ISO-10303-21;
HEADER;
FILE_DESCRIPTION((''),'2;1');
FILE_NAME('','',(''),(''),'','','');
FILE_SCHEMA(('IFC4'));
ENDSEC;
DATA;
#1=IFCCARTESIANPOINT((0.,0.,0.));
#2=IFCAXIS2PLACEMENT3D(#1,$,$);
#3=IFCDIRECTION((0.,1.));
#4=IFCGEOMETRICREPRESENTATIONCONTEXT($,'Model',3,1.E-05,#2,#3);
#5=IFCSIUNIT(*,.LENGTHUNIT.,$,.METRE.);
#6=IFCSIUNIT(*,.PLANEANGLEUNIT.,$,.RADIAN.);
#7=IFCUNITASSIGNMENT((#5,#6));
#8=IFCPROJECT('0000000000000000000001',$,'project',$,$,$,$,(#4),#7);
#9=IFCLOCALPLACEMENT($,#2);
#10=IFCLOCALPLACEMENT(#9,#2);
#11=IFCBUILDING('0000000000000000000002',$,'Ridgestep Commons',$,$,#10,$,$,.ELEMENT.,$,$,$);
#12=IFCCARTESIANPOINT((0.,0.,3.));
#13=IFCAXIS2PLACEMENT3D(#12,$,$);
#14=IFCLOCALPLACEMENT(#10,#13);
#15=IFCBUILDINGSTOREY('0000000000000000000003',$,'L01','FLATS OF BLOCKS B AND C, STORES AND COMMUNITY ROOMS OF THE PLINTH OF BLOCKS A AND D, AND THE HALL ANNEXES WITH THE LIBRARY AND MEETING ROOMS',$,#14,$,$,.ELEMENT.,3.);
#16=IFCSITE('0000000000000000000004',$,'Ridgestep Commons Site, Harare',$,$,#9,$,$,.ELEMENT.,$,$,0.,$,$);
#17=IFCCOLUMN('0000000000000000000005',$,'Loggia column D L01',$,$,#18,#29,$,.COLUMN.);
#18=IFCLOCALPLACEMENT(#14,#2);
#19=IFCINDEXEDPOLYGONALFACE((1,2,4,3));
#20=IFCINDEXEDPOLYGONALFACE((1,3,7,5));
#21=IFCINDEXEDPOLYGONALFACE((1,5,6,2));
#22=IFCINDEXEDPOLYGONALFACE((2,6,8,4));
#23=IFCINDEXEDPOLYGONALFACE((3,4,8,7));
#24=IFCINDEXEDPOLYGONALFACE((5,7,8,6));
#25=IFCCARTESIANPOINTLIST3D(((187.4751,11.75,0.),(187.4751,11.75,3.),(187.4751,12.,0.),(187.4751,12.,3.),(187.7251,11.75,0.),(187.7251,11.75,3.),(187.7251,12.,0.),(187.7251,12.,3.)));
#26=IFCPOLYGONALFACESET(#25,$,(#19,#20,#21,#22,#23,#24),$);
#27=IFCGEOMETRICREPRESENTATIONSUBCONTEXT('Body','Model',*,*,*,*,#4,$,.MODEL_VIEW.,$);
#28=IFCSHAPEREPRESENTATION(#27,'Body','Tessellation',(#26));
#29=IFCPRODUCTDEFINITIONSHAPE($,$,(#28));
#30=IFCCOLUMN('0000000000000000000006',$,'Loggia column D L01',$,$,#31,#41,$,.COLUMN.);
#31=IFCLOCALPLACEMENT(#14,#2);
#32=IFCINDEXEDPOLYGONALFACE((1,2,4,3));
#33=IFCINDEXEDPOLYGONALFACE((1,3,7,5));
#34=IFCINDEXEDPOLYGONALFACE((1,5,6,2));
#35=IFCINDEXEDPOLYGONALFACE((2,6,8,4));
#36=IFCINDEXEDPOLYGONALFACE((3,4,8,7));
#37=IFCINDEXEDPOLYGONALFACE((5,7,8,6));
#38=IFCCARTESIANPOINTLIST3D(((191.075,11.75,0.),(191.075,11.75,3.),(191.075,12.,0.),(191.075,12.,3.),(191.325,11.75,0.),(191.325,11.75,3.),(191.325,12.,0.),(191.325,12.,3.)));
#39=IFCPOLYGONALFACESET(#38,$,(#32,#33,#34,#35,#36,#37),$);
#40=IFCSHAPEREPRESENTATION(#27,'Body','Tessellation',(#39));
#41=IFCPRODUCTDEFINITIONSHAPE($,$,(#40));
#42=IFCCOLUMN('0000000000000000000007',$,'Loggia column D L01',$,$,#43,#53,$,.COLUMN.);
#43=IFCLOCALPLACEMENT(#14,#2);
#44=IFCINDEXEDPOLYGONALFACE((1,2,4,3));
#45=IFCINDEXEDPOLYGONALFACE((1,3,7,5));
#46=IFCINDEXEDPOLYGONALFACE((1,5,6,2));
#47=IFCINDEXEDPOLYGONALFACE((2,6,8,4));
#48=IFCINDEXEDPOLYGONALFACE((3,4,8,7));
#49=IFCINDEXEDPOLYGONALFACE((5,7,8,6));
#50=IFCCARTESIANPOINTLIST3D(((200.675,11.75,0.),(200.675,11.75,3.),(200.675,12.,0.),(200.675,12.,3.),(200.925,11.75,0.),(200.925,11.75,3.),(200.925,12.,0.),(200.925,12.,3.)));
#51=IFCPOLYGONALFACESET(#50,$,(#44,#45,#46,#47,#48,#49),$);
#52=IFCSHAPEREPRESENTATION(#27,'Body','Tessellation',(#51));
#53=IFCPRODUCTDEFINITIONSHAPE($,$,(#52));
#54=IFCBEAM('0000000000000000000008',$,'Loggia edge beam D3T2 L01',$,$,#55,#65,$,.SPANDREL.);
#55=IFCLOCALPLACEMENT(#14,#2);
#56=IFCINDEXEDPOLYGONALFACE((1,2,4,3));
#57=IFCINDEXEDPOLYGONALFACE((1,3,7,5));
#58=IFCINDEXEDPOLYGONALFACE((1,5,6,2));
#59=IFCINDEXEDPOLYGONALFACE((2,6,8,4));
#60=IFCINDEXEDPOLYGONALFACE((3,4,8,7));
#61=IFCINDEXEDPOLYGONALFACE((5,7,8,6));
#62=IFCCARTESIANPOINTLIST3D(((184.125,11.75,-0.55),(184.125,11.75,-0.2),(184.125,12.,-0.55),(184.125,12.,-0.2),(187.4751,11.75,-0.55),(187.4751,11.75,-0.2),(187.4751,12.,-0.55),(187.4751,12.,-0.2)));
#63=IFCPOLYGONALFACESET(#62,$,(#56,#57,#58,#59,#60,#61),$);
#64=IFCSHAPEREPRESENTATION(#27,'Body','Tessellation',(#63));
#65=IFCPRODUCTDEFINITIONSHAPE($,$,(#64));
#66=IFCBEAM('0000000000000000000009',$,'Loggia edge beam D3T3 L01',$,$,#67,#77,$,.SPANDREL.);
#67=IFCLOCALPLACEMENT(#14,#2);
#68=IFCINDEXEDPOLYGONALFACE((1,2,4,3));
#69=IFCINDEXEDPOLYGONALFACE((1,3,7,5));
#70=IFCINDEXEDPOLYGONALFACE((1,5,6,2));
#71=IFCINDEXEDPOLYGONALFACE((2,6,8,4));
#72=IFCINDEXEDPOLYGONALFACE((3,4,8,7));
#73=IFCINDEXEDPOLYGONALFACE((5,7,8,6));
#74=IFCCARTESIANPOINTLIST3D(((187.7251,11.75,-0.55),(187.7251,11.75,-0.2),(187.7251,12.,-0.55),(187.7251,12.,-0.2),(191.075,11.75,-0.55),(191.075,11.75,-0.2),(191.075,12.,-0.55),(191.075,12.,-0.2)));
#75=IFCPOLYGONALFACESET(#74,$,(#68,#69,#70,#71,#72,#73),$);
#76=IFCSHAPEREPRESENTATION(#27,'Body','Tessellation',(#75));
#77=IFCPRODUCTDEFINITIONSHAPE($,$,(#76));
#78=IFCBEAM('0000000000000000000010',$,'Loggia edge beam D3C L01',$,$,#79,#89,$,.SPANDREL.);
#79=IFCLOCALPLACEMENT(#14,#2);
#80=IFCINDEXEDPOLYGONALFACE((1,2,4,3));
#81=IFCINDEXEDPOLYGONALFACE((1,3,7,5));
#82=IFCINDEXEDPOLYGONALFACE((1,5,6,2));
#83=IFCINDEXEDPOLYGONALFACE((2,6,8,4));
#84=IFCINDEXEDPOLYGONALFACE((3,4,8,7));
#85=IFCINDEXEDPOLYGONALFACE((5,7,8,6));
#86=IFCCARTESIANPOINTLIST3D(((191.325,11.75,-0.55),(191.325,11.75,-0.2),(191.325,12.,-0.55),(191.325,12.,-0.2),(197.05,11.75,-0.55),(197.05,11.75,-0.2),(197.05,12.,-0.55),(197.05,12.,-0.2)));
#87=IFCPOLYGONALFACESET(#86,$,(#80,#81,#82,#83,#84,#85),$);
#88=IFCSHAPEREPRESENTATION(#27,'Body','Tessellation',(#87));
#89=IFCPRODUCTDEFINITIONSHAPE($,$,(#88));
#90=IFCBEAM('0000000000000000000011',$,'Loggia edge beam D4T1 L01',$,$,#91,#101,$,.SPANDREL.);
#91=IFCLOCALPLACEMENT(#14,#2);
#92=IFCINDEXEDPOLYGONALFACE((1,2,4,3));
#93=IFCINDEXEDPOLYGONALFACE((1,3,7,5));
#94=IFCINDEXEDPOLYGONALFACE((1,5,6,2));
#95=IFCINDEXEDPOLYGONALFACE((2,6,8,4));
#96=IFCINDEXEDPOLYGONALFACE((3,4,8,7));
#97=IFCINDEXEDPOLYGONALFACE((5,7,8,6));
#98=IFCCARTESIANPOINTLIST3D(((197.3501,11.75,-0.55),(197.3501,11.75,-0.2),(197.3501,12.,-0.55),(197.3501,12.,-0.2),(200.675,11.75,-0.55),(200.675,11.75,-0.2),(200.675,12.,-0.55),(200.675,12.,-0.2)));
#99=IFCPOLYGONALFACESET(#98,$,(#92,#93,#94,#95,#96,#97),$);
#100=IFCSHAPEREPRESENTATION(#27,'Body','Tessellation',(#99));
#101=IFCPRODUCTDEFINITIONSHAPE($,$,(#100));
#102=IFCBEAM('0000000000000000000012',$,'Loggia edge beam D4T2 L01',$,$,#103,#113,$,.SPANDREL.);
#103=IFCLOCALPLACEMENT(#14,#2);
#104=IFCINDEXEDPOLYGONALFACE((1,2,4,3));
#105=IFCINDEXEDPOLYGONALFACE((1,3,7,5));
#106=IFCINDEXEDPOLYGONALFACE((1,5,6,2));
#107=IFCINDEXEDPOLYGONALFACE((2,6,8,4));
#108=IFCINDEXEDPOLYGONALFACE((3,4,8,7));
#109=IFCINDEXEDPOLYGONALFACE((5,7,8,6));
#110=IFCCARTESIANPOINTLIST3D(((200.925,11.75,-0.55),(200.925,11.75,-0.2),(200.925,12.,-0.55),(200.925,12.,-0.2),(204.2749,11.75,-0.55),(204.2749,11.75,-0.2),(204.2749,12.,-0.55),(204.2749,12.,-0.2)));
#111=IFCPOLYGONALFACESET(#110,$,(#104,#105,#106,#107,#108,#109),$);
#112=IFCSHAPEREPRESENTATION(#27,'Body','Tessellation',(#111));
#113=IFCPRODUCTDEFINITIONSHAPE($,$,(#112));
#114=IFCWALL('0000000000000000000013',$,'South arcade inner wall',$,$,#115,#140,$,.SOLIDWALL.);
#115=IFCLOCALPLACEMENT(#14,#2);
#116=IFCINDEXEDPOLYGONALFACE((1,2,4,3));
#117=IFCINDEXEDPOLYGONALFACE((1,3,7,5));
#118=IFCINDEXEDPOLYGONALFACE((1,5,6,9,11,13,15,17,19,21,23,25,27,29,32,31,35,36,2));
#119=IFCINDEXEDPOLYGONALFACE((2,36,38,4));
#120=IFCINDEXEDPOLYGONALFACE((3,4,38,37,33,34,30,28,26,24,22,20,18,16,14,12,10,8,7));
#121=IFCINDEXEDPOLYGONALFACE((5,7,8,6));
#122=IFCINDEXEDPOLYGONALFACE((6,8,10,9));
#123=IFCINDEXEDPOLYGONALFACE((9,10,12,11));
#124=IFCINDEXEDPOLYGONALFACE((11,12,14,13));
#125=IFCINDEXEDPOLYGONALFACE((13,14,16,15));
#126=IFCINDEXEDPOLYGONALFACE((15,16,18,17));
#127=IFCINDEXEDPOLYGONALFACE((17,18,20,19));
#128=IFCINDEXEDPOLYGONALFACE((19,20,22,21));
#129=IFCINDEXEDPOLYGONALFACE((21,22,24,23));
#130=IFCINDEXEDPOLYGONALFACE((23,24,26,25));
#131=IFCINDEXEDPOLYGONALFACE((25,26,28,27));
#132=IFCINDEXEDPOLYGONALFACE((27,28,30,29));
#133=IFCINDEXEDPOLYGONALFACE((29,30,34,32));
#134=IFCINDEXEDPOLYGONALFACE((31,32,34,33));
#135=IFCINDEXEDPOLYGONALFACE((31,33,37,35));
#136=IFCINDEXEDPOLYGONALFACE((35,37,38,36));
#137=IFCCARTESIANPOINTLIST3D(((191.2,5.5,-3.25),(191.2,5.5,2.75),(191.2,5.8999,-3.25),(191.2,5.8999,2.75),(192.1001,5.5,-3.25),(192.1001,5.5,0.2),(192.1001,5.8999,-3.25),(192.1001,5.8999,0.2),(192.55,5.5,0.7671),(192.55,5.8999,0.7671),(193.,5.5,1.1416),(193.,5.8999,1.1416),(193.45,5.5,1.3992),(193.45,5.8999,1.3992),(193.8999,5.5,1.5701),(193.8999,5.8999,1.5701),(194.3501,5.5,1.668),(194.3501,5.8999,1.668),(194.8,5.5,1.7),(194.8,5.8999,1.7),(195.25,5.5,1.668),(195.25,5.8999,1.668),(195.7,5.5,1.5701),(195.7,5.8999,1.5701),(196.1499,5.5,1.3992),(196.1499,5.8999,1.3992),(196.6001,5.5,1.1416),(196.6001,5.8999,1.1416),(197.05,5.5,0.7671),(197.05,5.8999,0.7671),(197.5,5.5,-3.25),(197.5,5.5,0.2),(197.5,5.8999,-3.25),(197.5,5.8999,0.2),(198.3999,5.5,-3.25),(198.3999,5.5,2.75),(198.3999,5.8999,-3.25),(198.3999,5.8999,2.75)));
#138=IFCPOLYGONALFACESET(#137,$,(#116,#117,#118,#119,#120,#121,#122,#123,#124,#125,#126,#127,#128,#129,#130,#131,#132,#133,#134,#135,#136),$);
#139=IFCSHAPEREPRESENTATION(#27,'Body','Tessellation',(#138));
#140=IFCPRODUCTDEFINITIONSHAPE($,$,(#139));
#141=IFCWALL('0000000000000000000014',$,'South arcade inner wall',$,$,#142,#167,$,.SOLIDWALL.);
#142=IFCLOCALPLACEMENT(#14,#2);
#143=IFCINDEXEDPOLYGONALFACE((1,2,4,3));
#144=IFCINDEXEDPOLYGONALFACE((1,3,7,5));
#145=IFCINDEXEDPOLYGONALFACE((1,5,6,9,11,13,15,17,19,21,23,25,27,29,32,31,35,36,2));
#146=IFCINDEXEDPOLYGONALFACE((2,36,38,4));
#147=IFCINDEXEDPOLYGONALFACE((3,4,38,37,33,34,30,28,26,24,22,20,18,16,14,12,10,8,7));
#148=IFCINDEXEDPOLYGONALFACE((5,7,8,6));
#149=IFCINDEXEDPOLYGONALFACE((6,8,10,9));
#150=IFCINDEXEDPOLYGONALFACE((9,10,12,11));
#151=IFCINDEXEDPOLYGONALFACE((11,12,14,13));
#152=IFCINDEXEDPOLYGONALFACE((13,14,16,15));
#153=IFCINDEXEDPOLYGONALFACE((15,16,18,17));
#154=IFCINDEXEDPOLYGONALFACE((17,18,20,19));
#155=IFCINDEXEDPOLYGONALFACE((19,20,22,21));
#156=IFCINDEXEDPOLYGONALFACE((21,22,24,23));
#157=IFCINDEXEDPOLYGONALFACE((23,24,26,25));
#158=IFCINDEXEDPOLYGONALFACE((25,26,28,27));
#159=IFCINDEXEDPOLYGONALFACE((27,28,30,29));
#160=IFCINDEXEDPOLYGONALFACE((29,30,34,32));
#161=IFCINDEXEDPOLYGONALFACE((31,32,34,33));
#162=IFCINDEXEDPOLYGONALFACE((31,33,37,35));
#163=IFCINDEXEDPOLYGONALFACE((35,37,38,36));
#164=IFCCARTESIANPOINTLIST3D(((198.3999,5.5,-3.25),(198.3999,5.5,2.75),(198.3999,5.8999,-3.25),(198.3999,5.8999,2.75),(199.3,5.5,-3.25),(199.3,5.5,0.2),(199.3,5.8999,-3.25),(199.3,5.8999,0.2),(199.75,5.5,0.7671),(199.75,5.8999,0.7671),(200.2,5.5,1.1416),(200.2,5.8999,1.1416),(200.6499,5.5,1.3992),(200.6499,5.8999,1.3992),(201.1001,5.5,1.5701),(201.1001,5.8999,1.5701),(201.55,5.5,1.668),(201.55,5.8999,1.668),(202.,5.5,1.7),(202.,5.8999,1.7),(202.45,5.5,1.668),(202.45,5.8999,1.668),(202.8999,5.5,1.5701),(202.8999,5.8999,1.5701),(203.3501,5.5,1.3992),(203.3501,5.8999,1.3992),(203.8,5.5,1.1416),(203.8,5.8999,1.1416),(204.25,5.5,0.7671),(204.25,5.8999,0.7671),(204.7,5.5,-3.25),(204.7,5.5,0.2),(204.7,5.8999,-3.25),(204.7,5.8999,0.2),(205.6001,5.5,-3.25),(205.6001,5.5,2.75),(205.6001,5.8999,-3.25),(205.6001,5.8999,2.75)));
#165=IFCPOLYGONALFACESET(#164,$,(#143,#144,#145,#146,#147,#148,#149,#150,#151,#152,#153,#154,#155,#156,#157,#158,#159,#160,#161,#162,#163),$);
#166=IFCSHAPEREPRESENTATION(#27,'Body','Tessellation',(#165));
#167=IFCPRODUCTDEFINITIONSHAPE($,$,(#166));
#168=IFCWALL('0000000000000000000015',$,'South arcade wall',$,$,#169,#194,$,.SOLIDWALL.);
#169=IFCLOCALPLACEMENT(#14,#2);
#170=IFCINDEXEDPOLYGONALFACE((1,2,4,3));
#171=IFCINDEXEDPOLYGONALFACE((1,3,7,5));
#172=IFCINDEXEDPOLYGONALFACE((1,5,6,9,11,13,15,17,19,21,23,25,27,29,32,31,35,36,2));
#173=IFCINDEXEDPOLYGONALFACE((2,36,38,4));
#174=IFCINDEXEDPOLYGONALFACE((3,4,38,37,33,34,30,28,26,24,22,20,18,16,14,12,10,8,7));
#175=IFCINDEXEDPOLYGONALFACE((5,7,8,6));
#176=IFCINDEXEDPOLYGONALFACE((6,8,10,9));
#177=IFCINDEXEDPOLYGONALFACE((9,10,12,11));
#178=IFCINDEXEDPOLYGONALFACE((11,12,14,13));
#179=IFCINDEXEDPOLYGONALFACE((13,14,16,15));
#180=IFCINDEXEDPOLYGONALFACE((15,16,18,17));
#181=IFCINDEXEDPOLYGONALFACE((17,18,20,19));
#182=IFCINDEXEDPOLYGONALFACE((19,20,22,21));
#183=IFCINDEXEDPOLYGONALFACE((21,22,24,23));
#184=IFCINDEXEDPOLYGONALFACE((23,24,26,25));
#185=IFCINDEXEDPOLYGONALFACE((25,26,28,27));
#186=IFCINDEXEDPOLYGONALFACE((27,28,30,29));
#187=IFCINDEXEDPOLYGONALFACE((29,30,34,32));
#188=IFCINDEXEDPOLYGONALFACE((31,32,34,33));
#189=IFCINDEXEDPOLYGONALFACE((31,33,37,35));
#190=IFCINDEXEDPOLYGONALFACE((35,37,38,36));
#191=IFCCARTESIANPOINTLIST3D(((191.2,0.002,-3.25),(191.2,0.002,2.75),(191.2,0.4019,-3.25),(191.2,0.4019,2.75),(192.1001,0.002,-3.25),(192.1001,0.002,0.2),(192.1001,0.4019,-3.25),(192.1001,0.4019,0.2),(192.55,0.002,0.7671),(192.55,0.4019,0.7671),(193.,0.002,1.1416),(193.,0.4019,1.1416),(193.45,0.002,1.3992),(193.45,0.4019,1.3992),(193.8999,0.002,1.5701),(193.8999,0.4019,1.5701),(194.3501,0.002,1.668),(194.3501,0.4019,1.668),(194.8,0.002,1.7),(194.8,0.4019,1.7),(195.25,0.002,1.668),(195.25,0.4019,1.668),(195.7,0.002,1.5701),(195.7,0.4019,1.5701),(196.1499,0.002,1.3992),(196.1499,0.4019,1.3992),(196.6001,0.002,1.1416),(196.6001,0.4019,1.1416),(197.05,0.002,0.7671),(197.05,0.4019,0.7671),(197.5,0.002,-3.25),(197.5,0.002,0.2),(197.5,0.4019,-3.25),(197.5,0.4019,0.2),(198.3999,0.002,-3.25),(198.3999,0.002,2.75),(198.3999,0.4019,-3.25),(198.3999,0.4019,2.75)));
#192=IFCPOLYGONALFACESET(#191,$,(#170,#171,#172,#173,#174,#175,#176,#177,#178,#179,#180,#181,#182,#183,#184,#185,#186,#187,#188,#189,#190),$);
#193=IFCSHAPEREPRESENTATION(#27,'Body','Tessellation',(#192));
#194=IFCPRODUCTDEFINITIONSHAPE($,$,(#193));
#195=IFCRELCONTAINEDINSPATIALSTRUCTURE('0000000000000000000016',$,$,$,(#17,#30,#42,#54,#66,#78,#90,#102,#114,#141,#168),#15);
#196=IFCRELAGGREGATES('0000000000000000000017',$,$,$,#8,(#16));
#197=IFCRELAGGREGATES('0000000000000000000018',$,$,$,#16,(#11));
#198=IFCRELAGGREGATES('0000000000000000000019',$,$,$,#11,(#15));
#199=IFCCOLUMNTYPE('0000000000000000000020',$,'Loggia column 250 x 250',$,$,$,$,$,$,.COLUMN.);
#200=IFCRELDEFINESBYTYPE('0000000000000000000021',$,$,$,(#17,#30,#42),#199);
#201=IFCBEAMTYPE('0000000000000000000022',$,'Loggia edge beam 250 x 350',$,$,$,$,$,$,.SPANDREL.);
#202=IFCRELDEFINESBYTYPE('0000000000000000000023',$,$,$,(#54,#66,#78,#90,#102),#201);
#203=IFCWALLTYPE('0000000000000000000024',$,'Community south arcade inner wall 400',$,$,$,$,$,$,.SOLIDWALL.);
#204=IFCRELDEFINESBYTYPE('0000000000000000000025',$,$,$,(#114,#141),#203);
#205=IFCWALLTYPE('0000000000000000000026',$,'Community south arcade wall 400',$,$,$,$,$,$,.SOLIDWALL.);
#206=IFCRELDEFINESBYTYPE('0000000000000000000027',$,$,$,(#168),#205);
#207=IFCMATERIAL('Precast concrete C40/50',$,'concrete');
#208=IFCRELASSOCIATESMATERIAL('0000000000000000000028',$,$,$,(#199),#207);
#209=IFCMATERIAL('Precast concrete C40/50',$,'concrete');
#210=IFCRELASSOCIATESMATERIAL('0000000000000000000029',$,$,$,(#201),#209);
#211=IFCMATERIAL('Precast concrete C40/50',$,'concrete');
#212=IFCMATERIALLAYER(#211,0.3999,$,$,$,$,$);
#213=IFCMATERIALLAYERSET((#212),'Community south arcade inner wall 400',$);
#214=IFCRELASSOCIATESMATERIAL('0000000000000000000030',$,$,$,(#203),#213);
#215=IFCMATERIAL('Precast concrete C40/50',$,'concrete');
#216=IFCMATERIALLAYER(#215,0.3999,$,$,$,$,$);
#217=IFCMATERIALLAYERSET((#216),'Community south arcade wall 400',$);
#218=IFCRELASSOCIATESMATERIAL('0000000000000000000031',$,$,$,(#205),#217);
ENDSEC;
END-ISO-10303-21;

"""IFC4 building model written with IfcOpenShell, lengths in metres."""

from ifc_helpers import new_model, si_unit, direction, frame, origin, origin_2d, place, context, subcontext, project, spatial, polyline, rectangle, outline, extrude, material, layer, layer_set, material_profile, profile_set, type_object, element, save


model = new_model("IFC4")

# Units and contexts
model_context = context("Model", 3, precision=1e-05, world=origin(), true_north=direction((0.0, 1.0)))
body_context = subcontext(model_context, "Body", "Model", "MODEL_VIEW")
ifc_project = project(units=[si_unit("LENGTHUNIT", "METRE"), si_unit("PLANEANGLEUNIT", "RADIAN")], contexts=[model_context])

# Site, building, storey
site_placement = place(None, origin())
site = spatial("IfcSite", under=ifc_project, at=site_placement, Name="Ridgestep Commons Site, Harare", CompositionType="ELEMENT", RefElevation=0.0)
building_placement = place(site_placement, origin())
building = spatial("IfcBuilding", under=site, at=building_placement, Name="Ridgestep Commons", CompositionType="ELEMENT")
storey_placement = place(building_placement, frame((0.0, 0.0, 3.0)))
storey = spatial("IfcBuildingStorey", under=building, at=storey_placement, Name="L01", Description="FLATS OF BLOCKS B AND C, STORES AND COMMUNITY ROOMS OF THE PLINTH OF BLOCKS A AND D, AND THE HALL ANNEXES WITH THE LIBRARY AND MEETING ROOMS", CompositionType="ELEMENT", Elevation=3.0)

# Columns
ifc_material_1 = material(Name="Precast concrete C40/50", Category="concrete")
ifc_material_profile_1 = material_profile(ifc_material_1, rectangle(XDim=0.25, YDim=0.25, at=origin_2d()), Name="PC 250x250")
ifc_profile_set_1 = profile_set([ifc_material_profile_1], Name="Precast concrete C40/50")
column_type = type_object("IfcColumnType", Name="Loggia column 250 x 250", PredefinedType="COLUMN", material=ifc_profile_set_1)
for number, where, z_axis, x_axis, name in (
    (1, (187.6001, 11.875, 0.0), (0.0, 0.0, 1.0), (1.0, 0.0, 0.0), "Loggia column D L01"),
    (2, (191.2, 11.875, 0.0), (0.0, 0.0, 1.0), (1.0, 0.0, 0.0), "Loggia column D L01"),
    (3, (200.8, 11.875, 0.0), (0.0, 0.0, 1.0), (1.0, 0.0, 0.0), "Loggia column D L01"),
):
    element("IfcColumn", number, at=place(storey_placement, frame(where, z_axis=z_axis, x_axis=x_axis)), inside=storey, type_object=column_type, Name=name, PredefinedType="COLUMN", context=body_context, shape_type="SweptSolid", body=[
        extrude(rectangle(XDim=0.25, YDim=0.25, at=origin_2d()), origin(), (0.0, 0.0, 1.0), 3.0),
    ])

# Beams
ifc_material_2 = material(Name="Precast concrete C40/50", Category="concrete")
ifc_material_profile_2 = material_profile(ifc_material_2, rectangle(XDim=0.25, YDim=0.3501, at=origin_2d()), Name="PC 250x350")
ifc_profile_set_2 = profile_set([ifc_material_profile_2], Name="Precast concrete C40/50")
beam_type = type_object("IfcBeamType", Name="Loggia edge beam 250 x 350", PredefinedType="SPANDREL", material=ifc_profile_set_2)
beam_1_placement = place(storey_placement, frame((184.125, 11.875, -0.375), z_axis=(1.0, 0.0, 0.0), x_axis=(0.0, 1.0, 0.0)))
element("IfcBeam", 4, at=beam_1_placement, inside=storey, type_object=beam_type, Name="Loggia edge beam D3T2 L01", PredefinedType="SPANDREL", context=body_context, shape_type="SweptSolid", body=[
    extrude(rectangle(XDim=0.25, YDim=0.3501, at=origin_2d()), origin(), (0.0, 0.0, 1.0), 3.3501),
])
beam_2_placement = place(storey_placement, frame((187.7251, 11.875, -0.375), z_axis=(1.0, 0.0, 0.0), x_axis=(0.0, 1.0, 0.0)))
element("IfcBeam", 5, at=beam_2_placement, inside=storey, type_object=beam_type, Name="Loggia edge beam D3T3 L01", PredefinedType="SPANDREL", context=body_context, shape_type="SweptSolid", body=[
    extrude(rectangle(XDim=0.25, YDim=0.3501, at=origin_2d()), origin(), (0.0, 0.0, 1.0), 3.3499),
])
beam_3_placement = place(storey_placement, frame((191.325, 11.875, -0.375), z_axis=(1.0, 0.0, 0.0), x_axis=(0.0, 1.0, 0.0)))
element("IfcBeam", 6, at=beam_3_placement, inside=storey, type_object=beam_type, Name="Loggia edge beam D3C L01", PredefinedType="SPANDREL", context=body_context, shape_type="SweptSolid", body=[
    extrude(rectangle(XDim=0.25, YDim=0.3501, at=origin_2d()), origin(), (0.0, 0.0, 1.0), 5.7251),
])
beam_4_placement = place(storey_placement, frame((197.3501, 11.875, -0.375), z_axis=(1.0, 0.0, 0.0), x_axis=(0.0, 1.0, 0.0)))
element("IfcBeam", 7, at=beam_4_placement, inside=storey, type_object=beam_type, Name="Loggia edge beam D4T1 L01", PredefinedType="SPANDREL", context=body_context, shape_type="SweptSolid", body=[
    extrude(rectangle(XDim=0.25, YDim=0.3501, at=origin_2d()), origin(), (0.0, 0.0, 1.0), 3.325),
])
beam_5_placement = place(storey_placement, frame((200.925, 11.875, -0.375), z_axis=(1.0, 0.0, 0.0), x_axis=(0.0, 1.0, 0.0)))
element("IfcBeam", 8, at=beam_5_placement, inside=storey, type_object=beam_type, Name="Loggia edge beam D4T2 L01", PredefinedType="SPANDREL", context=body_context, shape_type="SweptSolid", body=[
    extrude(rectangle(XDim=0.25, YDim=0.3501, at=origin_2d()), origin(), (0.0, 0.0, 1.0), 3.3499),
])

# Walls
ifc_material_3 = material(Name="Precast concrete C40/50", Category="concrete")
ifc_layer_1 = layer(ifc_material_3, 0.3999)
ifc_layer_set_1 = layer_set([ifc_layer_1], Name="Community south arcade inner wall 400")
wall_type_1 = type_object("IfcWallType", Name="Community south arcade inner wall 400", PredefinedType="SOLIDWALL", material=ifc_layer_set_1)
wall_1_placement = place(storey_placement, frame((191.2, 5.5, -3.25), z_axis=(0.0, -1.0, 0.0), x_axis=(1.0, 0.0, 0.0)))
element("IfcWall", 9, at=wall_1_placement, inside=storey, type_object=wall_type_1, Name="South arcade inner wall", PredefinedType="SOLIDWALL", context=body_context, shape_type="SweptSolid", body=[
    extrude(outline(polyline([(0.0, 0.0), (0.9001, 0.0), (0.9001, 3.45), (1.3501, 4.0171), (1.8, 4.3916), (2.25, 4.6492), (2.7, 4.8201), (3.1501, 4.918), (3.6001, 4.95), (4.05, 4.918), (4.5, 4.8201), (4.95, 4.6492), (5.4001, 4.3916), (5.8501, 4.0171), (6.3, 3.45), (6.3, 0.0), (7.2, 0.0), (7.2, 6.0), (0.0, 6.0), (0.0, 0.0)])), origin(), (0.0, 0.0, -1.0), 0.3999),
])
wall_2_placement = place(storey_placement, frame((198.3999, 5.5, -3.25), z_axis=(0.0, -1.0, 0.0), x_axis=(1.0, 0.0, 0.0)))
element("IfcWall", 10, at=wall_2_placement, inside=storey, type_object=wall_type_1, Name="South arcade inner wall", PredefinedType="SOLIDWALL", context=body_context, shape_type="SweptSolid", body=[
    extrude(outline(polyline([(0.0, 0.0), (0.9001, 0.0), (0.9001, 3.45), (1.3501, 4.0171), (1.8, 4.3916), (2.25, 4.6492), (2.7002, 4.8201), (3.1501, 4.918), (3.6001, 4.95), (4.05, 4.918), (4.5, 4.8201), (4.9502, 4.6492), (5.4001, 4.3916), (5.8501, 4.0171), (6.3, 3.45), (6.3, 0.0), (7.2002, 0.0), (7.2002, 6.0), (0.0, 6.0), (0.0, 0.0)])), origin(), (0.0, 0.0, -1.0), 0.3999),
])
ifc_material_4 = material(Name="Precast concrete C40/50", Category="concrete")
ifc_layer_2 = layer(ifc_material_4, 0.3999)
ifc_layer_set_2 = layer_set([ifc_layer_2], Name="Community south arcade wall 400")
wall_type_2 = type_object("IfcWallType", Name="Community south arcade wall 400", PredefinedType="SOLIDWALL", material=ifc_layer_set_2)
wall_3_placement = place(storey_placement, frame((191.2, 0.002, -3.25), z_axis=(0.0, -1.0, 0.0), x_axis=(1.0, 0.0, 0.0)))
element("IfcWall", 11, at=wall_3_placement, inside=storey, type_object=wall_type_2, Name="South arcade wall", PredefinedType="SOLIDWALL", context=body_context, shape_type="SweptSolid", body=[
    extrude(outline(polyline([(0.0, 0.0), (0.9001, 0.0), (0.9001, 3.45), (1.3501, 4.0171), (1.8, 4.3916), (2.25, 4.6492), (2.7, 4.8201), (3.1501, 4.918), (3.6001, 4.95), (4.05, 4.918), (4.5, 4.8201), (4.95, 4.6492), (5.4001, 4.3916), (5.8501, 4.0171), (6.3, 3.45), (6.3, 0.0), (7.2, 0.0), (7.2, 6.0), (0.0, 6.0), (0.0, 0.0)])), origin(), (0.0, 0.0, -1.0), 0.3999),
])

save(model, "model.ifc")
